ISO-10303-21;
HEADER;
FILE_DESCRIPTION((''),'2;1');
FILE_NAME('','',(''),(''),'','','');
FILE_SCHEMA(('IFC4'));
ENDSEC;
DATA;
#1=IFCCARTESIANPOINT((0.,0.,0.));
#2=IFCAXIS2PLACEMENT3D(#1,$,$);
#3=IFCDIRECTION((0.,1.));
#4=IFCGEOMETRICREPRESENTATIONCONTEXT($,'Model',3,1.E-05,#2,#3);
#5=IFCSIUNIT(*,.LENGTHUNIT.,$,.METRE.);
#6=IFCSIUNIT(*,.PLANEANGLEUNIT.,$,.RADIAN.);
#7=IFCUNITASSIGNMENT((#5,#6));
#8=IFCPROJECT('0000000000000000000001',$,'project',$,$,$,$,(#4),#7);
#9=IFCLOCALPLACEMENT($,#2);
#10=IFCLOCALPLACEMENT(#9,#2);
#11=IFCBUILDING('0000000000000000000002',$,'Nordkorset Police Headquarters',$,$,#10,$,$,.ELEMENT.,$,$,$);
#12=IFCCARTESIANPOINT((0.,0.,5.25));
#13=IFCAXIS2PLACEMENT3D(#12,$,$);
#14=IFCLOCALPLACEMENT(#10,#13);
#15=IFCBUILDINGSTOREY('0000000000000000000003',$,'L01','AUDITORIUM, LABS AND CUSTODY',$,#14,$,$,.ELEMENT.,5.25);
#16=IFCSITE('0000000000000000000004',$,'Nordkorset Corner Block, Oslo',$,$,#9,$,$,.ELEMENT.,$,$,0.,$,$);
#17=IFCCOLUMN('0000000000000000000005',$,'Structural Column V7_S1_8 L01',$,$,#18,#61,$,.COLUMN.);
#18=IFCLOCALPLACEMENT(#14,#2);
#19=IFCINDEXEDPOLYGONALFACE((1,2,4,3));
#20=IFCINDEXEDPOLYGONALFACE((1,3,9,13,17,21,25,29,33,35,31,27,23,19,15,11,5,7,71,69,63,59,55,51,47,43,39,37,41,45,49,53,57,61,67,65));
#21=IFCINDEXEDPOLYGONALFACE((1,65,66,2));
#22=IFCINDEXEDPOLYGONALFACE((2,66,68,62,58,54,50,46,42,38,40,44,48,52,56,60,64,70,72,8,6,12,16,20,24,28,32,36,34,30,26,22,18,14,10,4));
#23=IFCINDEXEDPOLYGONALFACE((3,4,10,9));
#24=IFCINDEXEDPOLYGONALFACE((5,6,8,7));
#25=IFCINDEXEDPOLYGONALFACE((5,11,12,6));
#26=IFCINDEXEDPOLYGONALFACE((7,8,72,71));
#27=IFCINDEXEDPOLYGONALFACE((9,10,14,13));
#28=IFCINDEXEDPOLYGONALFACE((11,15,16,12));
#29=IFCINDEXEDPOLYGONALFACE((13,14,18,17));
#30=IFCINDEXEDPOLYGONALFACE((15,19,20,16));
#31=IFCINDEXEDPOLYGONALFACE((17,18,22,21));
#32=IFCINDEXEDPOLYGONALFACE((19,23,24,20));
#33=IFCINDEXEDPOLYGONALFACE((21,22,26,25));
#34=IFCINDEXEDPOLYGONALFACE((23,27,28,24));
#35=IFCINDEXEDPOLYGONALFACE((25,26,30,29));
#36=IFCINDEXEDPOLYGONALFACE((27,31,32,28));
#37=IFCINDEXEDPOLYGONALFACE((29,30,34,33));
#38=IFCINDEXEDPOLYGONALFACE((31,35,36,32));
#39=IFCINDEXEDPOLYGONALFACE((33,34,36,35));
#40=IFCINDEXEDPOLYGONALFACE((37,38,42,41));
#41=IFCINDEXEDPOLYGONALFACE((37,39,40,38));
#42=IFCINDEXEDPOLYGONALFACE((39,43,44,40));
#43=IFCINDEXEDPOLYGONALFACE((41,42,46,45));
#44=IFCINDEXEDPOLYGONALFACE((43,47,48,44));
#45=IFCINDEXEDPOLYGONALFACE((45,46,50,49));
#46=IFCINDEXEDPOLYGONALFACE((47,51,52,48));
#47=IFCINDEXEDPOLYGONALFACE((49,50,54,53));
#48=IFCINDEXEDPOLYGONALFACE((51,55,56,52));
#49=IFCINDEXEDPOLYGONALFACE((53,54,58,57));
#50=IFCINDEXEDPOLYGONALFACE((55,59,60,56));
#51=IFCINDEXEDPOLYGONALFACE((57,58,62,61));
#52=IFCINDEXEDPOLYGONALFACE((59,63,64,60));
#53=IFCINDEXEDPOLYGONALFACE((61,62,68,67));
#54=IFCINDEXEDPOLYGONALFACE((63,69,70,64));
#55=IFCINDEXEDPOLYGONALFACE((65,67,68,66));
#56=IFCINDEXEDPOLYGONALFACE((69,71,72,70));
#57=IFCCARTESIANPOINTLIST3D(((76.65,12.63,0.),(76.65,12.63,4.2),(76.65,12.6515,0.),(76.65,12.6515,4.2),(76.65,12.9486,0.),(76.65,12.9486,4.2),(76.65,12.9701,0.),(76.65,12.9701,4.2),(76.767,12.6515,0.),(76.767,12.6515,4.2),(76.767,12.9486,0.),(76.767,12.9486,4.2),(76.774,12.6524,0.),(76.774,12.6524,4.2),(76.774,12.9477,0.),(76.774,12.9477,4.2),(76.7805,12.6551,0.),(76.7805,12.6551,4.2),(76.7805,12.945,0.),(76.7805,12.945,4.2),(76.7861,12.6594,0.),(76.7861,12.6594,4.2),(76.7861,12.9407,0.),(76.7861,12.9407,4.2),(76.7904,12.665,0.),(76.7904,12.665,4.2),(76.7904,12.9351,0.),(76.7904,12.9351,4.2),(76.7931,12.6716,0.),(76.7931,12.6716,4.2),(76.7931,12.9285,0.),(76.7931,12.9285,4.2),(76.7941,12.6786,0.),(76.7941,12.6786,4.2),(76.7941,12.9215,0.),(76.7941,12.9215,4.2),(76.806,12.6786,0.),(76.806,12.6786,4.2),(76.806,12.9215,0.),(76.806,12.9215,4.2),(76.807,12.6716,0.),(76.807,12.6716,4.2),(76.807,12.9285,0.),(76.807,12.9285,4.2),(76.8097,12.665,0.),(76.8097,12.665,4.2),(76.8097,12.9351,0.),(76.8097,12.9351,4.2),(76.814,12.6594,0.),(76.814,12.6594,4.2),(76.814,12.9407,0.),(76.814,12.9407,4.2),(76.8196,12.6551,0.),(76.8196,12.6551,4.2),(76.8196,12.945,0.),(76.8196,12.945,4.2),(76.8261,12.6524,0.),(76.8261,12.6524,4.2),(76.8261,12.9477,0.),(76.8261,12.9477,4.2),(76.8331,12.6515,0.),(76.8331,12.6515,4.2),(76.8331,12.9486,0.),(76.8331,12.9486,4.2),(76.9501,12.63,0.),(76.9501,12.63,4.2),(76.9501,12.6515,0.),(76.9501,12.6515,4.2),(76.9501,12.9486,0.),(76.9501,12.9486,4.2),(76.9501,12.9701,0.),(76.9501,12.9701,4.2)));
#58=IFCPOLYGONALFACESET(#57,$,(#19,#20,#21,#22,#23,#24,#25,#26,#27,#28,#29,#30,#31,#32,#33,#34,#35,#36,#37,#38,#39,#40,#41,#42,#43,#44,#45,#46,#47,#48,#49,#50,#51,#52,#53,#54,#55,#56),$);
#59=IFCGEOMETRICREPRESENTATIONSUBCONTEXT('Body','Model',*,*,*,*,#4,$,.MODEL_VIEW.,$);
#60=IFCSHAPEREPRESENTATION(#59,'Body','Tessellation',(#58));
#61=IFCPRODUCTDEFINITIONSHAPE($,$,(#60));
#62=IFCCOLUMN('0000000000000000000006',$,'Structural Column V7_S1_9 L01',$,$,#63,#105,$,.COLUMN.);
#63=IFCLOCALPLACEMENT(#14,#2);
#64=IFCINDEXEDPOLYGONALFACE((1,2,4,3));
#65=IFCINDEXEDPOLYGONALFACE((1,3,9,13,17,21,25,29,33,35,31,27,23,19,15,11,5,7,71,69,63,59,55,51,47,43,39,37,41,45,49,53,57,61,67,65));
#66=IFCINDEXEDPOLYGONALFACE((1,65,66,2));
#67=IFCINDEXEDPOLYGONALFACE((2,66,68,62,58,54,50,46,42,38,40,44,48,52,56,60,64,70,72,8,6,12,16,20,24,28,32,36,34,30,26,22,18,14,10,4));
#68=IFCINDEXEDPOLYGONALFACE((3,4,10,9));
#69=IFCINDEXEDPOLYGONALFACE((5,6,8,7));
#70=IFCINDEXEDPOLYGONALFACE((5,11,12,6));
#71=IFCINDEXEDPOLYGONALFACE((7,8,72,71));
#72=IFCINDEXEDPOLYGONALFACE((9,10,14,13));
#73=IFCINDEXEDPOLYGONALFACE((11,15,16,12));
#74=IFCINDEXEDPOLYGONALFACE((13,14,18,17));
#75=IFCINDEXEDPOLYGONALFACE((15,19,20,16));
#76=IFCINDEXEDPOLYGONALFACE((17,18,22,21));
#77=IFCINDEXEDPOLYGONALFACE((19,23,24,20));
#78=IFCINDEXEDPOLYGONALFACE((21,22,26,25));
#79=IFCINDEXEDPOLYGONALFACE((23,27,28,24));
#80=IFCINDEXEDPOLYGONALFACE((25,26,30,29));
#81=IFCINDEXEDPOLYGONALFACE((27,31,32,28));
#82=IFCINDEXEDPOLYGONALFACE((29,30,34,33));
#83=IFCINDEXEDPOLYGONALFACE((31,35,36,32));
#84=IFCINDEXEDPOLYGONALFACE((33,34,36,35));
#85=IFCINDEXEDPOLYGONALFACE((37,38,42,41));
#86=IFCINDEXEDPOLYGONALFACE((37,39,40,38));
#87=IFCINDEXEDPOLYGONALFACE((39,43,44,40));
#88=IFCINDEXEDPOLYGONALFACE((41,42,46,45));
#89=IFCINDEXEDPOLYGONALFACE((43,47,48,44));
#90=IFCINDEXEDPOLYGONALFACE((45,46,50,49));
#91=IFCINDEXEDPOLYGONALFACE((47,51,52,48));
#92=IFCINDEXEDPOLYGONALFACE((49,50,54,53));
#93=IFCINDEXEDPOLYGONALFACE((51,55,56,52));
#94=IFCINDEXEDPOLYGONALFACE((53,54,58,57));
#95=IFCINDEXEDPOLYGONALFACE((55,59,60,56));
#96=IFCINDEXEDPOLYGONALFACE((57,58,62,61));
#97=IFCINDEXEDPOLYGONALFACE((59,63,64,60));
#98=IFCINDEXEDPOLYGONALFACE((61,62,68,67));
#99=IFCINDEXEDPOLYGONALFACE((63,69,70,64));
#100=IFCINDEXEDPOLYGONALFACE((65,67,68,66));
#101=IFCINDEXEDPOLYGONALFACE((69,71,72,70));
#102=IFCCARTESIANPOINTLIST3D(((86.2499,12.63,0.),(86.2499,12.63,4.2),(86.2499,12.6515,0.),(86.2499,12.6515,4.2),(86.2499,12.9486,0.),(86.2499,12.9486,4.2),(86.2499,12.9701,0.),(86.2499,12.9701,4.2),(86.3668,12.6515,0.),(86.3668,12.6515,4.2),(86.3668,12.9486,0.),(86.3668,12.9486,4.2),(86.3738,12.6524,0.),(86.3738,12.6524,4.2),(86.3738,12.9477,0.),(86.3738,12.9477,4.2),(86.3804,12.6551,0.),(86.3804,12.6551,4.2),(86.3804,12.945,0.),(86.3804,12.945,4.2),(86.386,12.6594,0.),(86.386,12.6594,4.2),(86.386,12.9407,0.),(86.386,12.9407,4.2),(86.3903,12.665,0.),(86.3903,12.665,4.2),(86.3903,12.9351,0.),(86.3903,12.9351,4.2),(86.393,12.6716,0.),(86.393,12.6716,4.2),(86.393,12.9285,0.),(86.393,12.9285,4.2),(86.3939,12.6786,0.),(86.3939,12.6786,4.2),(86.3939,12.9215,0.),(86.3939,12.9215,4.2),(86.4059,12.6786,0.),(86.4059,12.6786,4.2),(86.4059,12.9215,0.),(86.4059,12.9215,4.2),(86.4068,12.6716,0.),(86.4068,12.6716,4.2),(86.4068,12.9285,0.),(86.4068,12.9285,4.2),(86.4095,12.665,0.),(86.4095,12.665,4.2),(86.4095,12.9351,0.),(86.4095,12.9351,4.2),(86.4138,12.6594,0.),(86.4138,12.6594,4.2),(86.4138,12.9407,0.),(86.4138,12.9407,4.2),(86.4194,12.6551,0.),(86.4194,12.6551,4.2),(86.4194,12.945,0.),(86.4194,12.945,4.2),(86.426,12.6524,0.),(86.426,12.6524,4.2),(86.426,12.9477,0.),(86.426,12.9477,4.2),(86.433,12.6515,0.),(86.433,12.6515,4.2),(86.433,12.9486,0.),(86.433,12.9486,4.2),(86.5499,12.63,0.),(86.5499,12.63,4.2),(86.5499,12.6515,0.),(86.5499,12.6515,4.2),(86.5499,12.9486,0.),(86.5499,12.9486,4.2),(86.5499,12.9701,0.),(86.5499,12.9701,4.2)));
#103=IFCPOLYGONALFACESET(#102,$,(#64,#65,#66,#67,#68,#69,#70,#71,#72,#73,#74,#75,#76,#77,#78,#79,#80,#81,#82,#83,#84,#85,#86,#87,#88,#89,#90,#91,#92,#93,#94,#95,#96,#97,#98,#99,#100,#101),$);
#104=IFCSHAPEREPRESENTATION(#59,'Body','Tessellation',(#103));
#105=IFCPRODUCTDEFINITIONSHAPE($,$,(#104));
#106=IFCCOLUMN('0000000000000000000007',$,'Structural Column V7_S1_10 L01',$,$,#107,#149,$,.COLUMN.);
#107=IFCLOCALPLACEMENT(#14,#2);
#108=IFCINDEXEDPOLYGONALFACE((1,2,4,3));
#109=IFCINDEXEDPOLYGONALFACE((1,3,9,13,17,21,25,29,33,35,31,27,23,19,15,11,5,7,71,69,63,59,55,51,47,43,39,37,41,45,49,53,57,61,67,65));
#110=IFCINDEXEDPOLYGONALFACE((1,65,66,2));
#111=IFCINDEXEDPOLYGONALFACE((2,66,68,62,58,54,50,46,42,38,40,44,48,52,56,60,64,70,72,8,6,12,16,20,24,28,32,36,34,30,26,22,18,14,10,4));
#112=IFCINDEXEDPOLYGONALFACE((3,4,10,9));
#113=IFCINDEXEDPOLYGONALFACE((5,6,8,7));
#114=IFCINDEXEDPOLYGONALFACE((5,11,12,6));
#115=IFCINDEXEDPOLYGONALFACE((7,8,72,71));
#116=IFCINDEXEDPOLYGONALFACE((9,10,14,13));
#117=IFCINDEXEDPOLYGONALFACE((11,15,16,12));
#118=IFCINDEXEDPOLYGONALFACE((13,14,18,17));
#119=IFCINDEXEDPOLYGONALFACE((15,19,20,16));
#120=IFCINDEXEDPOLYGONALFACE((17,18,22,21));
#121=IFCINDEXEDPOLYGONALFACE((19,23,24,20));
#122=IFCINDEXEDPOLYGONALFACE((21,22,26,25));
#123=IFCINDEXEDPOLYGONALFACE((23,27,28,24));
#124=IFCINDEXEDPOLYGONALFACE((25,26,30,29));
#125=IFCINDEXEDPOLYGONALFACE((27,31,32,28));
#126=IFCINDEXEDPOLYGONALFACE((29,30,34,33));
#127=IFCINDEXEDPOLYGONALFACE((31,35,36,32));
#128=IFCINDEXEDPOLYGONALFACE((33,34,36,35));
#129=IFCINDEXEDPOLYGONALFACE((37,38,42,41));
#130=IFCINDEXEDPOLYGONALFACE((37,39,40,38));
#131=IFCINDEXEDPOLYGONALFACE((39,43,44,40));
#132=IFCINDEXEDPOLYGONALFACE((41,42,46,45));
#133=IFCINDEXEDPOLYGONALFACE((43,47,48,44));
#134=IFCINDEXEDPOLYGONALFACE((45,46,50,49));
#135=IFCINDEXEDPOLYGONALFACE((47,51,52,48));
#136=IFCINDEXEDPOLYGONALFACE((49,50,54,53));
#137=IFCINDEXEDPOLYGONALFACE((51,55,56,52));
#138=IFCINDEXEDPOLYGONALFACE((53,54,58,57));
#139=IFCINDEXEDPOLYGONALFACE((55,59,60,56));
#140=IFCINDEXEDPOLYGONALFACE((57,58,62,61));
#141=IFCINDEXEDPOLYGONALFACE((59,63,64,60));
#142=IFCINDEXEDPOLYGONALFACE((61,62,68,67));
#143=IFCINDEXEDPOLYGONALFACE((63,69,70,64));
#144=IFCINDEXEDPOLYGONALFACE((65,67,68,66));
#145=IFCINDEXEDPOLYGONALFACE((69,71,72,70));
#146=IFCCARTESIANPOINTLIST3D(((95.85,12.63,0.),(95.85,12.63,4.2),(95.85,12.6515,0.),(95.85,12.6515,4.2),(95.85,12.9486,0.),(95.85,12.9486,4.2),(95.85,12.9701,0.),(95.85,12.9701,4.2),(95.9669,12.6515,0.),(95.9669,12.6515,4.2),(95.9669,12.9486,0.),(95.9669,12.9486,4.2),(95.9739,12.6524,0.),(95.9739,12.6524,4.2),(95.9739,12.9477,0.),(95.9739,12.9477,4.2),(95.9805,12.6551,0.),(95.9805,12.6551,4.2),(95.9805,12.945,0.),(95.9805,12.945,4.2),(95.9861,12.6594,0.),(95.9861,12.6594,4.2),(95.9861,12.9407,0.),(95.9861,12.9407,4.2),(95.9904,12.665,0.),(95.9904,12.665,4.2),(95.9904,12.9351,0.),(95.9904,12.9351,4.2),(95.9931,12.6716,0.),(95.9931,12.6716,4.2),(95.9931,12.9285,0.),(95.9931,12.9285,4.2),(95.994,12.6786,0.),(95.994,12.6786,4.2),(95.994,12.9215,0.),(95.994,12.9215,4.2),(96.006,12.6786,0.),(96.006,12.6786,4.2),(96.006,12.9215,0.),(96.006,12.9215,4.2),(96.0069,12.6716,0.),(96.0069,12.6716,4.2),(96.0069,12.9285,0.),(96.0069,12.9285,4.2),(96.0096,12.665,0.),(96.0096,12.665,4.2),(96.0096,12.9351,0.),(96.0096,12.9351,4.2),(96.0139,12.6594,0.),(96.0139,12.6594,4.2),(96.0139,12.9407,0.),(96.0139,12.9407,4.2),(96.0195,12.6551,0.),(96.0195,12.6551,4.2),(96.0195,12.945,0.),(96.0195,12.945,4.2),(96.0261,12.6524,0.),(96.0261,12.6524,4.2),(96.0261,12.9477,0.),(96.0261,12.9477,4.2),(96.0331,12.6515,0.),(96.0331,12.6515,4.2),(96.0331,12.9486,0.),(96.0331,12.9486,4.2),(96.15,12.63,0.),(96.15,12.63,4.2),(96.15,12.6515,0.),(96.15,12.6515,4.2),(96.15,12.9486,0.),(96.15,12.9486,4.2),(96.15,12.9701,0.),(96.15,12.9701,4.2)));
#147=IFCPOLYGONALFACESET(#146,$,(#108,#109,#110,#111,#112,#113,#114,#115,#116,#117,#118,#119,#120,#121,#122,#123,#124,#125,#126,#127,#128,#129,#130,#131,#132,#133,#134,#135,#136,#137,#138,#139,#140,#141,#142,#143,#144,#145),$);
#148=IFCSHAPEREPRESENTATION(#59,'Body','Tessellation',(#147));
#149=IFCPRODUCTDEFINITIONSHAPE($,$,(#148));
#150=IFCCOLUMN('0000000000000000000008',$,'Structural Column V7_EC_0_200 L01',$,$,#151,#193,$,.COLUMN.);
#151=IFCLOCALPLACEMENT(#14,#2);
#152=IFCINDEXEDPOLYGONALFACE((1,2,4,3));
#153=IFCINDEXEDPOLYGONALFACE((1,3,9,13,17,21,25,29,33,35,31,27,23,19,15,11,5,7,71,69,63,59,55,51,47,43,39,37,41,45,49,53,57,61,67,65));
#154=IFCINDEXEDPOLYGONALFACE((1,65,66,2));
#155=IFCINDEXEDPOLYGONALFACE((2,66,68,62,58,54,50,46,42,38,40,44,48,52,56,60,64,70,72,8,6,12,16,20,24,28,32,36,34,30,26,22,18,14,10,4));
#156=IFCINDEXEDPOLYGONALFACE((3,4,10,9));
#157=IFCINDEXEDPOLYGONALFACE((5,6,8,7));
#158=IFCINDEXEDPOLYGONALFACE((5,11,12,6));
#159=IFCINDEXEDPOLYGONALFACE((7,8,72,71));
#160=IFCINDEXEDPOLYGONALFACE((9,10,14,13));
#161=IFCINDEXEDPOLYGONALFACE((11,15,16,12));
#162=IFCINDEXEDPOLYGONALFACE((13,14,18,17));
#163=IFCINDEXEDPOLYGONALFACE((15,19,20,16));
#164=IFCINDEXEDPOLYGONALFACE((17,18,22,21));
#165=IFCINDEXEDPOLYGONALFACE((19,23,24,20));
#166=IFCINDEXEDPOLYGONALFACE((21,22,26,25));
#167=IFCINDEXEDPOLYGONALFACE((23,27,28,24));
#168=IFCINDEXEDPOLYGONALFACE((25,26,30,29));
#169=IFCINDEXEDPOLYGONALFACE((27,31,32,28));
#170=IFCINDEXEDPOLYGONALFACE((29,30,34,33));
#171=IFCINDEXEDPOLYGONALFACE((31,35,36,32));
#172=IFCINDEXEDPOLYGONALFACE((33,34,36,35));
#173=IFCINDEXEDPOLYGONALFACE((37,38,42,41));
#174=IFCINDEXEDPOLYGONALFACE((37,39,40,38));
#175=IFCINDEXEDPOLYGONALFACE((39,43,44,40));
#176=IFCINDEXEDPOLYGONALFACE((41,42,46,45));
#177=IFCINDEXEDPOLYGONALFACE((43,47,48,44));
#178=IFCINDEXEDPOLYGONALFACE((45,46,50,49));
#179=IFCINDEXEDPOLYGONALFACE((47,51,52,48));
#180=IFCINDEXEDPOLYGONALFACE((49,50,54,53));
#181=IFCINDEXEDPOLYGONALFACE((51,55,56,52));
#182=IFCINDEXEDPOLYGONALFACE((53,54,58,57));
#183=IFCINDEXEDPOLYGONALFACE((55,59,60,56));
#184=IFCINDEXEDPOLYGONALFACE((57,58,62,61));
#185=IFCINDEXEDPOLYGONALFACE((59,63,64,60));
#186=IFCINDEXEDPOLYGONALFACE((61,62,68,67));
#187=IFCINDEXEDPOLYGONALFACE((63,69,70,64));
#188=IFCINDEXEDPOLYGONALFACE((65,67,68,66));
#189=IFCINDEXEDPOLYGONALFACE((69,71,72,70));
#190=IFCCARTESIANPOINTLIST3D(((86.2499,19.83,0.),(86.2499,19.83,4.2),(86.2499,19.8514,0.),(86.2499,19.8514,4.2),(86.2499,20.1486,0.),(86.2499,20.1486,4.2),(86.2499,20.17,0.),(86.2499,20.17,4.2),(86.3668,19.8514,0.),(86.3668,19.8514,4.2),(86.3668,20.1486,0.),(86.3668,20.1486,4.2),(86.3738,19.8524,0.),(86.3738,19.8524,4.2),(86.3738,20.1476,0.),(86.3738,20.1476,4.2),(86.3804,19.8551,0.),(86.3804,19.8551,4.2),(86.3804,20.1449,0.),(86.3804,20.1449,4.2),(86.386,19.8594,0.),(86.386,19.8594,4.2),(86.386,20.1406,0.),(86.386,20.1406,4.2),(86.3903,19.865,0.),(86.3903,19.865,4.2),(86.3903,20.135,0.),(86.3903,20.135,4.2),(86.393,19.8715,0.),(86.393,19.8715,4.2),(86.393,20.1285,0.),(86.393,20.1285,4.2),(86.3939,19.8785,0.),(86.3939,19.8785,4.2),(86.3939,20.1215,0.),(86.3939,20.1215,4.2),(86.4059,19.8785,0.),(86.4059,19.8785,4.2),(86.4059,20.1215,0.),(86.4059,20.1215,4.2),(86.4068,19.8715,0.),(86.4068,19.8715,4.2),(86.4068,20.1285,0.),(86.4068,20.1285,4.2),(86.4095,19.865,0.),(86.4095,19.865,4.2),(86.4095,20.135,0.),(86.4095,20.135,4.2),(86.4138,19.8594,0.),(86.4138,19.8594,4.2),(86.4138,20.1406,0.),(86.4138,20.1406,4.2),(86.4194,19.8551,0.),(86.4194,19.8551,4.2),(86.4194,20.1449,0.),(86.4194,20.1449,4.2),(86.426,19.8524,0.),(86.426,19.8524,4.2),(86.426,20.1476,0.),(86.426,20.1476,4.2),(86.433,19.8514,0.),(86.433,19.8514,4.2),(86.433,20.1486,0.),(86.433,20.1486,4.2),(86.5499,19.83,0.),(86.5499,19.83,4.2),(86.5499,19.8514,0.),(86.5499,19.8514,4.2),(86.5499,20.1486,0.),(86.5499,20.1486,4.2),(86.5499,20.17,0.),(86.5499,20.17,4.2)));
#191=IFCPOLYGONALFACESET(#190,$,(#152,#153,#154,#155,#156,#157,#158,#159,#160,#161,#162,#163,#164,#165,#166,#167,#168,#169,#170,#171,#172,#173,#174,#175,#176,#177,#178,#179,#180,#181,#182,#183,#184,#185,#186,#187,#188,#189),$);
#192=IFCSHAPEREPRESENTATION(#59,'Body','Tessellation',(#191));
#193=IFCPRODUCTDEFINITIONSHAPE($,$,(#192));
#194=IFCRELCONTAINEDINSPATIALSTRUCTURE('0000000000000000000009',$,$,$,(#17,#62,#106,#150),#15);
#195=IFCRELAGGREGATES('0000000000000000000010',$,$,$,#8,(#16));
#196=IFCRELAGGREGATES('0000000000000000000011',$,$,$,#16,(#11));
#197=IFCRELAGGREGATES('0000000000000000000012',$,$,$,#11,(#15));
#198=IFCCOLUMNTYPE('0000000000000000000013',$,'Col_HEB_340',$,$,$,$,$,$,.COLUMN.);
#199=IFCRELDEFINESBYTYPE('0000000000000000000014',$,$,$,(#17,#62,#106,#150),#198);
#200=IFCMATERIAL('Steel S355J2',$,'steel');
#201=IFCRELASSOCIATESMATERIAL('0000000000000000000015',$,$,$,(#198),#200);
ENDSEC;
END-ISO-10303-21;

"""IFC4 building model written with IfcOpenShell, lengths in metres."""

from ifc_helpers import new_model, si_unit, direction, frame, origin, origin_2d, place, context, subcontext, project, spatial, i_section, extrude, material, material_profile, profile_set, type_object, element, save


model = new_model("IFC4")

# Units and contexts
model_context = context("Model", 3, precision=1e-05, world=origin(), true_north=direction((0.0, 1.0)))
body_context = subcontext(model_context, "Body", "Model", "MODEL_VIEW")
ifc_project = project(units=[si_unit("LENGTHUNIT", "METRE"), si_unit("PLANEANGLEUNIT", "RADIAN")], contexts=[model_context])

# Site, building, storey
site_placement = place(None, origin())
site = spatial("IfcSite", under=ifc_project, at=site_placement, Name="Nordkorset Corner Block, Oslo", CompositionType="ELEMENT", RefElevation=0.0)
building_placement = place(site_placement, origin())
building = spatial("IfcBuilding", under=site, at=building_placement, Name="Nordkorset Police Headquarters", CompositionType="ELEMENT")
storey_placement = place(building_placement, frame((0.0, 0.0, 5.25)))
storey = spatial("IfcBuildingStorey", under=building, at=storey_placement, Name="L01", Description="AUDITORIUM, LABS AND CUSTODY", CompositionType="ELEMENT", Elevation=5.25)

# Columns
ifc_material_1 = material(Name="Steel S355J2", Category="steel")
ifc_material_profile_1 = material_profile(ifc_material_1, i_section(OverallWidth=0.3, OverallDepth=0.3401, WebThickness=0.012, FlangeThickness=0.0215, FilletRadius=0.0271, at=origin_2d()), Name="HEB 340")
ifc_profile_set_1 = profile_set([ifc_material_profile_1], Name="Steel S355J2")
column_type = type_object("IfcColumnType", Name="Col_HEB_340", PredefinedType="COLUMN", material=ifc_profile_set_1)
for number, where, z_axis, x_axis, name in (
    (1, (76.8, 12.8, 0.0), (0.0, 0.0, 1.0), (1.0, 0.0, 0.0), "Structural Column V7_S1_8 L01"),
    (2, (86.3999, 12.8, 0.0), (0.0, 0.0, 1.0), (1.0, 0.0, 0.0), "Structural Column V7_S1_9 L01"),
    (3, (96.0, 12.8, 0.0), (0.0, 0.0, 1.0), (1.0, 0.0, 0.0), "Structural Column V7_S1_10 L01"),
    (4, (86.3999, 20.0, 0.0), (0.0, 0.0, 1.0), (1.0, 0.0, 0.0), "Structural Column V7_EC_0_200 L01"),
):
    element("IfcColumn", number, at=place(storey_placement, frame(where, z_axis=z_axis, x_axis=x_axis)), inside=storey, type_object=column_type, Name=name, PredefinedType="COLUMN", context=body_context, shape_type="SweptSolid", body=[
        extrude(i_section(OverallWidth=0.3, OverallDepth=0.3401, WebThickness=0.012, FlangeThickness=0.0215, FilletRadius=0.0271, at=origin_2d()), origin(), (0.0, 0.0, 1.0), 4.2),
    ])

save(model, "model.ifc")
